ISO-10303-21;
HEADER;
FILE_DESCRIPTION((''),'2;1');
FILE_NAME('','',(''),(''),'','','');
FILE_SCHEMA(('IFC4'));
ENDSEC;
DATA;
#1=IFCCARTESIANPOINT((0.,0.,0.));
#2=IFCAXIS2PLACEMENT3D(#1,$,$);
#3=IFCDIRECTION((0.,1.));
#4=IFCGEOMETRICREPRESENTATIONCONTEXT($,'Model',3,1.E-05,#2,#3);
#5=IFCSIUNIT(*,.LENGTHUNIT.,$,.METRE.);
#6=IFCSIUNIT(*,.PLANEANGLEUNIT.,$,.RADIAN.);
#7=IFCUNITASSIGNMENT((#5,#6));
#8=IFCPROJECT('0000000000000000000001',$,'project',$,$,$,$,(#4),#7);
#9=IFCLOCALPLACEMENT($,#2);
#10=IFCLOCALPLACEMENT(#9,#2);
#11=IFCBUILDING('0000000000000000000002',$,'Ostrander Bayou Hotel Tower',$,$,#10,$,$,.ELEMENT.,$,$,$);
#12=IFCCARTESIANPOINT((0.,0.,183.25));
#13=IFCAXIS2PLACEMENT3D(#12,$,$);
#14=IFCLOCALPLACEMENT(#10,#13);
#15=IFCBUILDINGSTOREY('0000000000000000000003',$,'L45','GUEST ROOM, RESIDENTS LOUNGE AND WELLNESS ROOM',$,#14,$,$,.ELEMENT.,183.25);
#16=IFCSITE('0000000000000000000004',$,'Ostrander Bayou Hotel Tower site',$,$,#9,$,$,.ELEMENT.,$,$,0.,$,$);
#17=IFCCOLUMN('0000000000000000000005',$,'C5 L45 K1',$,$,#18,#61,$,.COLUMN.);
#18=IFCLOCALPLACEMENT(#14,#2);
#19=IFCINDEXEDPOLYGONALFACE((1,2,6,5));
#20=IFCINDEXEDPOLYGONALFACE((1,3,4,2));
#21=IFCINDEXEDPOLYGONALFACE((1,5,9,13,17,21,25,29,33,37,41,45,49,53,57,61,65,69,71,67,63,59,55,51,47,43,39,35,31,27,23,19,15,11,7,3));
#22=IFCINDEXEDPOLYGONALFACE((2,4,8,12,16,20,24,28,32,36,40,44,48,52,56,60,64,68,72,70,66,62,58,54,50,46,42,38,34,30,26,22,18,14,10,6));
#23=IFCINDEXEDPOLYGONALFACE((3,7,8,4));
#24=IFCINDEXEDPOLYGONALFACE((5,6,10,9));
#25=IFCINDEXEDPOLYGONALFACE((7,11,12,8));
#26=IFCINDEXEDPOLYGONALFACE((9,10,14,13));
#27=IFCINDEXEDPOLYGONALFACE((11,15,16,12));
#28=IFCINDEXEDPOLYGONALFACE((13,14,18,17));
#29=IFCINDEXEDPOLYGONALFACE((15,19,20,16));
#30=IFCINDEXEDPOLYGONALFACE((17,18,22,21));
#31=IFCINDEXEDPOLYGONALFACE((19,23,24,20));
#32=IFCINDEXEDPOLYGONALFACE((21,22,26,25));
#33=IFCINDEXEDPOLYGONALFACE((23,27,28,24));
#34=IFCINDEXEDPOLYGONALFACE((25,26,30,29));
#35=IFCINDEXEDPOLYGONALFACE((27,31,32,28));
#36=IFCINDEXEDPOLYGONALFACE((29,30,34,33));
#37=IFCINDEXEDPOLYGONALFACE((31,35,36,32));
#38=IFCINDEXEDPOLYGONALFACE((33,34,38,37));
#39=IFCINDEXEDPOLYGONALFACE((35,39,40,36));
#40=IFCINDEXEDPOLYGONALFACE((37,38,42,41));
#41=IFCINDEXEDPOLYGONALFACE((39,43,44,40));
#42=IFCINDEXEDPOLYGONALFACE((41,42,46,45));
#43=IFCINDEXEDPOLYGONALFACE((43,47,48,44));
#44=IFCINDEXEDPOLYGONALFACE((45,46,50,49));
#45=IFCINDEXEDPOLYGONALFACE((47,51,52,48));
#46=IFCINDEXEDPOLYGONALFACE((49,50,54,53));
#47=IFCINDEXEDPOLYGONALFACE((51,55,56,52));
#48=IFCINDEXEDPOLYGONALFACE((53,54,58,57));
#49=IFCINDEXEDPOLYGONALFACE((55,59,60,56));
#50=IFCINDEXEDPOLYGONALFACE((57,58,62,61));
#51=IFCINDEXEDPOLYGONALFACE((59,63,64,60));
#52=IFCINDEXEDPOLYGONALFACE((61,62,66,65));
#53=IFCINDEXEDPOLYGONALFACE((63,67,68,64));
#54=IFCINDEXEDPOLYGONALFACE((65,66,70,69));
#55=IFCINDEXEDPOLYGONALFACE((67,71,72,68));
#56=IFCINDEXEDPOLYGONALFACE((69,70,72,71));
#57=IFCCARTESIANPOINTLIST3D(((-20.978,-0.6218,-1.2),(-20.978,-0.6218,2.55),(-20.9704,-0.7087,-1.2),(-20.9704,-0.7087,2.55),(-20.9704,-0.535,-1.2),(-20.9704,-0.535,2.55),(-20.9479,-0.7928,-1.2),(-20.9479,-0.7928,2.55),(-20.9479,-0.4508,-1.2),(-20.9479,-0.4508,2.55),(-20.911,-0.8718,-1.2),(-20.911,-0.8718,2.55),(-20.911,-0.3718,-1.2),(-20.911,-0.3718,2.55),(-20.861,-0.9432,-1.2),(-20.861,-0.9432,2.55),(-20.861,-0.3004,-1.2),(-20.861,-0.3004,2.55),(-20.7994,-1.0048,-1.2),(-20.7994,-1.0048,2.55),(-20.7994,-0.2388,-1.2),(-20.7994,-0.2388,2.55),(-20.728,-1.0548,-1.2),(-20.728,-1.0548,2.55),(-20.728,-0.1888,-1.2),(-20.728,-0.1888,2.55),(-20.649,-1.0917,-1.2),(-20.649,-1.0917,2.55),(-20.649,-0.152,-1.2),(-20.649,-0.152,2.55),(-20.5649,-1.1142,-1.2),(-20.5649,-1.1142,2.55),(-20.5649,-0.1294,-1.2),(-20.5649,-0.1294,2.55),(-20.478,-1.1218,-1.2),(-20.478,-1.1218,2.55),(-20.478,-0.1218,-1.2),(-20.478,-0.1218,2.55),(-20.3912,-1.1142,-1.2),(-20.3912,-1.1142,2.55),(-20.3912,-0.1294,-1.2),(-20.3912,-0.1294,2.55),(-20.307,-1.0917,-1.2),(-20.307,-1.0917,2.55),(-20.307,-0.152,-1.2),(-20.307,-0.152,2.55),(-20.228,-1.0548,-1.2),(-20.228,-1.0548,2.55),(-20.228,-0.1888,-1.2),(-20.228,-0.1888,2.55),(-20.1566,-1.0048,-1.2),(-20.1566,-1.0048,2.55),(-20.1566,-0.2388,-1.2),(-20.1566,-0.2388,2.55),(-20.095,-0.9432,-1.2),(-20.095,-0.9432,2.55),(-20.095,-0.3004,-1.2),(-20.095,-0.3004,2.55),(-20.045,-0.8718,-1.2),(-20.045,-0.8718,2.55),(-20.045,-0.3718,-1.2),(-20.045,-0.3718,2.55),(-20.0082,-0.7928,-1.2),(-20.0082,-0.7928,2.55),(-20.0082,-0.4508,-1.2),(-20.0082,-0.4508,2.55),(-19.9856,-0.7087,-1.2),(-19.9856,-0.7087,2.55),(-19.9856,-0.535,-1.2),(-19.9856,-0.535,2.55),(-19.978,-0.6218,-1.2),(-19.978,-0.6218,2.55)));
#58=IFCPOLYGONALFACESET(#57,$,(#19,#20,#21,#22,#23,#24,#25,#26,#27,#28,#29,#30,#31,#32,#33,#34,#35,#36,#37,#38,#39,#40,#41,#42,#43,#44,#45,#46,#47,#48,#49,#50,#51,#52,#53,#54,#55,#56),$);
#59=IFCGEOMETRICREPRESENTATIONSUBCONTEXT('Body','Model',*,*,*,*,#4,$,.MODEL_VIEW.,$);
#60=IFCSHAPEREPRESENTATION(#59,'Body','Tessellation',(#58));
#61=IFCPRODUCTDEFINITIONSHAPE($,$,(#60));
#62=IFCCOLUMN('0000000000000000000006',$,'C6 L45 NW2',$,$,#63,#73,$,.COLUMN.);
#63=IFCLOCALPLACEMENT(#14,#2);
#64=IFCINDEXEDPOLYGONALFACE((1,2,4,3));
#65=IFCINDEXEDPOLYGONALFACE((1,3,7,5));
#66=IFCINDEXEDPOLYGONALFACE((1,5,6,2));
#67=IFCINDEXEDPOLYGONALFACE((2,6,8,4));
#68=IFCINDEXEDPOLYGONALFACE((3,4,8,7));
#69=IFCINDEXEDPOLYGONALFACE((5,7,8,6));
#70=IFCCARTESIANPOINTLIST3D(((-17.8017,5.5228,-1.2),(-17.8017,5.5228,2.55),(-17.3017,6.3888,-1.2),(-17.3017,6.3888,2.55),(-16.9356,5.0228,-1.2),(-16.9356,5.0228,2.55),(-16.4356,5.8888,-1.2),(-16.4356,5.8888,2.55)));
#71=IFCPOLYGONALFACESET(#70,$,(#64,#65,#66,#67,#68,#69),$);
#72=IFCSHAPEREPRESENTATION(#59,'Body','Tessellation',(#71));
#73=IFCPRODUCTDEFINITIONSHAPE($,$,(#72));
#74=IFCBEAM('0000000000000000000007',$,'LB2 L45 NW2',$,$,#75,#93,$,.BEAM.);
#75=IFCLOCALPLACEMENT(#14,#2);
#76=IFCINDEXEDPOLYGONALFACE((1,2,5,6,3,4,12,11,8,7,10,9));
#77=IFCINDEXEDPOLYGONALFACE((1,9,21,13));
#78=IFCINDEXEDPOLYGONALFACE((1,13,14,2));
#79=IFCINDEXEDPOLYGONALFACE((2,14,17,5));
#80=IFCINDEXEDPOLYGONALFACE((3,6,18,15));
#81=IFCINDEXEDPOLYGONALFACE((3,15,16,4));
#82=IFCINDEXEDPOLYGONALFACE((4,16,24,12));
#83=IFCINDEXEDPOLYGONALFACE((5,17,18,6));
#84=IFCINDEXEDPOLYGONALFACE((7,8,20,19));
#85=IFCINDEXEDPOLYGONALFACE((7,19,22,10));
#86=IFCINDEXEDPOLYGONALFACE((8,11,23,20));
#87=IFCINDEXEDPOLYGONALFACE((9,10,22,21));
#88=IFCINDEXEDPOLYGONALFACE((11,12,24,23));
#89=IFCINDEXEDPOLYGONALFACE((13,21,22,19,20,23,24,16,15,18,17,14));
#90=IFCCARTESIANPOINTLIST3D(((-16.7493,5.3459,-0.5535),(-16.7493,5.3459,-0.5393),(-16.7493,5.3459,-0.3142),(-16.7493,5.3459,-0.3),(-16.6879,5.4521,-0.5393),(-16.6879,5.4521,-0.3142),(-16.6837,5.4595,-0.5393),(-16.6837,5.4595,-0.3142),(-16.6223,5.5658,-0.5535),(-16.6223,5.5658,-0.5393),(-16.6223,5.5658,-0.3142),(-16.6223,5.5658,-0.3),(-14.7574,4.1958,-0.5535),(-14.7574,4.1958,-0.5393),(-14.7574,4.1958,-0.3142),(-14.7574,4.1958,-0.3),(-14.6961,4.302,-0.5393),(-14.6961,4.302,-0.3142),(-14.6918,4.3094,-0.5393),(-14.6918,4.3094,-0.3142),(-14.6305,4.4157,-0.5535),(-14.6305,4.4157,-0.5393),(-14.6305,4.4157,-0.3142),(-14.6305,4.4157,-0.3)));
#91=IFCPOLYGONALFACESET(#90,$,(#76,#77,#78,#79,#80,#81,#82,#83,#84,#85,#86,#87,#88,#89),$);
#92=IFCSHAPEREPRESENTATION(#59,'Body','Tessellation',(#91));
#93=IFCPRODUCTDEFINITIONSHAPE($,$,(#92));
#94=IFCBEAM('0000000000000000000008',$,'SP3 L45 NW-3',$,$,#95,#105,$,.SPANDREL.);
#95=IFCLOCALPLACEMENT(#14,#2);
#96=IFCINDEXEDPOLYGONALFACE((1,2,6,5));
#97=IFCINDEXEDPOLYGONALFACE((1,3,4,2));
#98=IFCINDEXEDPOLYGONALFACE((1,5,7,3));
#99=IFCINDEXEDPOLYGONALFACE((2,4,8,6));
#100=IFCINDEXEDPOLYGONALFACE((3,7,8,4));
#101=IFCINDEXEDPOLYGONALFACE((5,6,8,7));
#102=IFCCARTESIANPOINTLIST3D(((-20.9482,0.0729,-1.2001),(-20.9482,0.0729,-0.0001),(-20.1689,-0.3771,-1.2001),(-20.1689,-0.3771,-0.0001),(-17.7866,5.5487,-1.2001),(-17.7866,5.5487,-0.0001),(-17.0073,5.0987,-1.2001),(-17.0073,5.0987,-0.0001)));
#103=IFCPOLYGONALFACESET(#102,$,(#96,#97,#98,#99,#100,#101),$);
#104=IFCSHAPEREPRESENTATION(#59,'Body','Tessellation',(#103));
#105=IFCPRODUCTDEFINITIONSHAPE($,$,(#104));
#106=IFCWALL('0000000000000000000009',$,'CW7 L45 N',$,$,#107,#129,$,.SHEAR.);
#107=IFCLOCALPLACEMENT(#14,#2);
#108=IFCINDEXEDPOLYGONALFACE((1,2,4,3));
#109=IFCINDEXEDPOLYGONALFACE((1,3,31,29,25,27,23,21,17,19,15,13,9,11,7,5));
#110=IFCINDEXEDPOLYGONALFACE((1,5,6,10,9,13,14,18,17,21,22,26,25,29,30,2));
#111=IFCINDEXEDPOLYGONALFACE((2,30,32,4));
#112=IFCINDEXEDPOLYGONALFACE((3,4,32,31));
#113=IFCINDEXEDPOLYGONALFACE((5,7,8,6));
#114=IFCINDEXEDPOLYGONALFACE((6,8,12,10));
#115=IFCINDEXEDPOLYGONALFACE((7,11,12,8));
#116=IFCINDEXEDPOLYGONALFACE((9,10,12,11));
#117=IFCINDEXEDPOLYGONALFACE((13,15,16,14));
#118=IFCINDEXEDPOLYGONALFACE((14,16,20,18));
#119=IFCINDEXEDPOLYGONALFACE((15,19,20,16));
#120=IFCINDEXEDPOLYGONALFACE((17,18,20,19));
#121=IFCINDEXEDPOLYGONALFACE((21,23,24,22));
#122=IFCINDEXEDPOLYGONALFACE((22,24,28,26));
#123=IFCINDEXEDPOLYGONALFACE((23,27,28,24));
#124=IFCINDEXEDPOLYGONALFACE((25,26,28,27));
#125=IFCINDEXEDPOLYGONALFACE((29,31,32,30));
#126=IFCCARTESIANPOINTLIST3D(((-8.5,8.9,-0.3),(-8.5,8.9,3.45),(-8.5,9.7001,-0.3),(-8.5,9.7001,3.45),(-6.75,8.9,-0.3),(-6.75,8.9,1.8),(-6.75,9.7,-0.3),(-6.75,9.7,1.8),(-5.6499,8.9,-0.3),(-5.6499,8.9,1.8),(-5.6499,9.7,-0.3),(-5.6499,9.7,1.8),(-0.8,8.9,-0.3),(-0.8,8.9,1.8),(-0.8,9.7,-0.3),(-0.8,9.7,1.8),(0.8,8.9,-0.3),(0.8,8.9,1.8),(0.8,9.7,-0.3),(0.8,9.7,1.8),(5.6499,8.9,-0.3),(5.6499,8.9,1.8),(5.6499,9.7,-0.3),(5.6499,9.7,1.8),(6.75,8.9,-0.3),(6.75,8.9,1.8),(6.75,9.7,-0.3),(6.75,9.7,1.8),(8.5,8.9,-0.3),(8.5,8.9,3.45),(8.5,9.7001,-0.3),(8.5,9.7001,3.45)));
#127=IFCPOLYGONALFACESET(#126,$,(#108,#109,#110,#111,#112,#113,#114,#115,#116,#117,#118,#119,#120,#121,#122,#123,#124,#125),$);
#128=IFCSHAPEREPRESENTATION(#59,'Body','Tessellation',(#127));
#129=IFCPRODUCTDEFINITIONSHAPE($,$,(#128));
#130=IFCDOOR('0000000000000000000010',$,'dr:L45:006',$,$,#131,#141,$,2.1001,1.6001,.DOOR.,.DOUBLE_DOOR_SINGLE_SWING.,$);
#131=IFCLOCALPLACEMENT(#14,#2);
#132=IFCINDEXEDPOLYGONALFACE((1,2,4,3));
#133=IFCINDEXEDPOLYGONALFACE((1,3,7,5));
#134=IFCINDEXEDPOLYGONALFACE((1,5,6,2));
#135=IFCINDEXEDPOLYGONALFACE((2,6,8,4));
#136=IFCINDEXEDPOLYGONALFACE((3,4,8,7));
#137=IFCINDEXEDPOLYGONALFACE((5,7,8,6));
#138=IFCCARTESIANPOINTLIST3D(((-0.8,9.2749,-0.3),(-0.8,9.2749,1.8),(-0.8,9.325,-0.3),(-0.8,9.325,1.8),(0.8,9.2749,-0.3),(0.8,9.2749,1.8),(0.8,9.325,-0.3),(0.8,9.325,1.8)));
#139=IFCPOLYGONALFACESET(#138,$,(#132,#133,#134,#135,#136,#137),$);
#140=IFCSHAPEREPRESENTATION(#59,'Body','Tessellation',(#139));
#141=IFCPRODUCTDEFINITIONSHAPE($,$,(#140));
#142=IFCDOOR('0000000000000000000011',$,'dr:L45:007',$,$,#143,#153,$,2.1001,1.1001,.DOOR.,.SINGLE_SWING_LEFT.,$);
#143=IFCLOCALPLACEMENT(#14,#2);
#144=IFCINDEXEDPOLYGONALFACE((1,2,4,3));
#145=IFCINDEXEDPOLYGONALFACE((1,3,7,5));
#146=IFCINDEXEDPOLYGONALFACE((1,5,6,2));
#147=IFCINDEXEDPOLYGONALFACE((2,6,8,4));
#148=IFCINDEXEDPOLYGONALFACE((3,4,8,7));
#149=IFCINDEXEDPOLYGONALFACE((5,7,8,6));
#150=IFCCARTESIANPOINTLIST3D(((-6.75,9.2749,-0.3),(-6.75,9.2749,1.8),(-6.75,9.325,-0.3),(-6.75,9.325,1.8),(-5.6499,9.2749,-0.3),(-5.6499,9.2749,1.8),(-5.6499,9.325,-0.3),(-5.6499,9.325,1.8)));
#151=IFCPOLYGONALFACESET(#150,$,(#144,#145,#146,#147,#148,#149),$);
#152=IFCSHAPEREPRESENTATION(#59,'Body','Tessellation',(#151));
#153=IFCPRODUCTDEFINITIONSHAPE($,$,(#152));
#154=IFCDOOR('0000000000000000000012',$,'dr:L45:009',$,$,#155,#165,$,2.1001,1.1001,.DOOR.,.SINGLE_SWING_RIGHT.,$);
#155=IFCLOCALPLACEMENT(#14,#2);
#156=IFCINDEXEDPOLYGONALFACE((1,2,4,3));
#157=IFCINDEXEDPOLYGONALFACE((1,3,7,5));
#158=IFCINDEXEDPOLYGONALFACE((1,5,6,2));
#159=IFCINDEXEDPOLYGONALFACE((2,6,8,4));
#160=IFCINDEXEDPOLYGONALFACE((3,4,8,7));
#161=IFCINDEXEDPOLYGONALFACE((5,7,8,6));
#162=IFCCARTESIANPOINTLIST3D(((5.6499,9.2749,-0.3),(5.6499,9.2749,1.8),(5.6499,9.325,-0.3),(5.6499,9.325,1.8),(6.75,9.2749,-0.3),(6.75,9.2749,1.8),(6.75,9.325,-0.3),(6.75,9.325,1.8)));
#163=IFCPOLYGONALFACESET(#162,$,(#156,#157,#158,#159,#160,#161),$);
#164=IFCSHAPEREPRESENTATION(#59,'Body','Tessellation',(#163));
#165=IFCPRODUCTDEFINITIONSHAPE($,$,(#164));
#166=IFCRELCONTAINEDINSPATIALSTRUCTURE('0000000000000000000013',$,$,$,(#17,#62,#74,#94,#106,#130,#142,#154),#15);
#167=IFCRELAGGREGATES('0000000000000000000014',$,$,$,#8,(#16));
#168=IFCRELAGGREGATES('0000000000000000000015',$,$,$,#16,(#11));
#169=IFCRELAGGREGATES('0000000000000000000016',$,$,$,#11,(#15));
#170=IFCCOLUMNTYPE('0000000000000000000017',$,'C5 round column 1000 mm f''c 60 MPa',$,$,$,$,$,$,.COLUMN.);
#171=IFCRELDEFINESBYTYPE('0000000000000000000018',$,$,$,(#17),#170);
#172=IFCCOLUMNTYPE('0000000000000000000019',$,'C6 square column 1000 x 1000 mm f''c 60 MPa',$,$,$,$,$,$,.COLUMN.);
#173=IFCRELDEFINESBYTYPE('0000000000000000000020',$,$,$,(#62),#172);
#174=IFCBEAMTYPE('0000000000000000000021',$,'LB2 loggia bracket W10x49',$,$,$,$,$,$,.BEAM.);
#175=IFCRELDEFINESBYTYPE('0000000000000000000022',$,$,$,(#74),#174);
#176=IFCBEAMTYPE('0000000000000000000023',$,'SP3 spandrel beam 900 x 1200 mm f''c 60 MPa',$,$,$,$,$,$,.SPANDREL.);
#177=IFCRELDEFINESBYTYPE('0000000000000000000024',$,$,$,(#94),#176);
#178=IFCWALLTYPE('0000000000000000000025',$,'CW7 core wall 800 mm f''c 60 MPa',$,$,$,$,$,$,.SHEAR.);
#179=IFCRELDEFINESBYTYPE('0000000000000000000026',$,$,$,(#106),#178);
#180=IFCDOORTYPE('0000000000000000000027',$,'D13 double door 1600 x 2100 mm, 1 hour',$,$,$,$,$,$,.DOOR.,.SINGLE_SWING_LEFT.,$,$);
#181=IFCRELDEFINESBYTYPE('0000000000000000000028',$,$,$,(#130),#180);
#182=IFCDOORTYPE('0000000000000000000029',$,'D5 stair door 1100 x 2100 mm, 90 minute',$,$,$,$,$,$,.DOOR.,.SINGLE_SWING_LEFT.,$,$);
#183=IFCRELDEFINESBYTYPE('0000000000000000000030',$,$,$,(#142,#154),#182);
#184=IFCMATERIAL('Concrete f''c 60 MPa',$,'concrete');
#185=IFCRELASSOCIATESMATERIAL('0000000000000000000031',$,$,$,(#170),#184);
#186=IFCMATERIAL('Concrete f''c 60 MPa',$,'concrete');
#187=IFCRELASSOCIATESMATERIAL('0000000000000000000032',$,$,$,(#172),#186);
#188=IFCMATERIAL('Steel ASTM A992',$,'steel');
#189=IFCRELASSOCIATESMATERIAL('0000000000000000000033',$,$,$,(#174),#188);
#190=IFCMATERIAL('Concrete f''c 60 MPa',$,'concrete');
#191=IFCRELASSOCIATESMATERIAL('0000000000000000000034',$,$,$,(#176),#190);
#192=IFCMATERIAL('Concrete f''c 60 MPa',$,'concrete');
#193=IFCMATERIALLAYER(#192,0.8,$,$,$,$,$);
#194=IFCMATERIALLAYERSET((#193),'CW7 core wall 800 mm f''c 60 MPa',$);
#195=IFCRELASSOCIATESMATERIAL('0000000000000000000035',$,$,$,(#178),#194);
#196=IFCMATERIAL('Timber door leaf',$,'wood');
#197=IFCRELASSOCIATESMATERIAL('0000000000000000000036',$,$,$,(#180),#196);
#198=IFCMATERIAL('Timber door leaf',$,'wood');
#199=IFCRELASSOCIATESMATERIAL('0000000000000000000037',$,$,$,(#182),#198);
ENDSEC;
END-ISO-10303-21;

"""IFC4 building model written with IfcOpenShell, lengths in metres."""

from ifc_helpers import new_model, si_unit, direction, frame, frame_2d, origin, origin_2d, place, context, subcontext, project, spatial, rectangle, circle, i_section, extrude, material, layer, layer_set, material_profile, profile_set, type_object, element, fill, save


model = new_model("IFC4")

# Units and contexts
model_context = context("Model", 3, precision=1e-05, world=origin(), true_north=direction((0.0, 1.0)))
body_context = subcontext(model_context, "Body", "Model", "MODEL_VIEW")
ifc_project = project(units=[si_unit("LENGTHUNIT", "METRE"), si_unit("PLANEANGLEUNIT", "RADIAN")], contexts=[model_context])

# Site, building, storey
site_placement = place(None, origin())
site = spatial("IfcSite", under=ifc_project, at=site_placement, Name="Ostrander Bayou Hotel Tower site", CompositionType="ELEMENT", RefElevation=0.0)
building_placement = place(site_placement, origin())
building = spatial("IfcBuilding", under=site, at=building_placement, Name="Ostrander Bayou Hotel Tower", CompositionType="ELEMENT")
storey_placement = place(building_placement, frame((0.0, 0.0, 183.25)))
storey = spatial("IfcBuildingStorey", under=building, at=storey_placement, Name="L45", Description="GUEST ROOM, RESIDENTS LOUNGE AND WELLNESS ROOM", CompositionType="ELEMENT", Elevation=183.25)

# Columns
ifc_material_1 = material(Name="Concrete f'c 60 MPa", Category="concrete")
ifc_material_profile_1 = material_profile(ifc_material_1, circle(Radius=0.5, at=origin_2d()))
ifc_profile_set_1 = profile_set([ifc_material_profile_1], Name="Concrete f'c 60 MPa")
column_type_1 = type_object("IfcColumnType", Name="C5 round column 1000 mm f'c 60 MPa", PredefinedType="COLUMN", material=ifc_profile_set_1)
column_1_placement = place(storey_placement, frame((-20.478, -0.6218, -1.2), z_axis=(0.0, 0.0, 1.0), x_axis=(1.0, 0.0, 0.0)))
element("IfcColumn", 1, at=column_1_placement, inside=storey, type_object=column_type_1, Name="C5 L45 K1", PredefinedType="COLUMN", context=body_context, shape_type="SweptSolid", body=[
    extrude(circle(Radius=0.5, at=origin_2d()), origin(), (0.0, 0.0, 1.0), 3.75),
])
ifc_material_2 = material(Name="Concrete f'c 60 MPa", Category="concrete")
ifc_material_profile_2 = material_profile(ifc_material_2, rectangle(XDim=1.0, YDim=1.0, at=origin_2d()))
ifc_profile_set_2 = profile_set([ifc_material_profile_2], Name="Concrete f'c 60 MPa")
column_type_2 = type_object("IfcColumnType", Name="C6 square column 1000 x 1000 mm f'c 60 MPa", PredefinedType="COLUMN", material=ifc_profile_set_2)
column_2_placement = place(storey_placement, frame((-17.1187, 5.7058, -1.2), z_axis=(0.0, 0.0, 1.0), x_axis=(0.5, 0.866025, 0.0)))
element("IfcColumn", 2, at=column_2_placement, inside=storey, type_object=column_type_2, Name="C6 L45 NW2", PredefinedType="COLUMN", context=body_context, shape_type="SweptSolid", body=[
    extrude(rectangle(XDim=1.0, YDim=1.0, at=origin_2d()), origin(), (0.0, 0.0, 1.0), 3.75),
])

# Beams
ifc_material_3 = material(Name="Steel ASTM A992", Category="steel")
ifc_material_profile_3 = material_profile(ifc_material_3, i_section(OverallWidth=0.2539, OverallDepth=0.2534, WebThickness=0.0085, FlangeThickness=0.0142, at=origin_2d()))
ifc_profile_set_3 = profile_set([ifc_material_profile_3], Name="Steel ASTM A992")
beam_type_1 = type_object("IfcBeamType", Name="LB2 loggia bracket W10x49", PredefinedType="BEAM", material=ifc_profile_set_3)
beam_1_placement = place(storey_placement, frame((-16.6858, 5.4558, -0.4268), z_axis=(0.866007, -0.500032, 0.0), x_axis=(0.500032, 0.866007, 0.0)))
element("IfcBeam", 3, at=beam_1_placement, inside=storey, type_object=beam_type_1, Name="LB2 L45 NW2", PredefinedType="BEAM", context=body_context, shape_type="SweptSolid", body=[
    extrude(i_section(OverallWidth=0.2539, OverallDepth=0.2534, WebThickness=0.0085, FlangeThickness=0.0142, at=origin_2d()), origin(), (0.0, 0.0, 1.0), 2.3),
])
ifc_material_4 = material(Name="Concrete f'c 60 MPa", Category="concrete")
ifc_material_profile_4 = material_profile(ifc_material_4, rectangle(XDim=0.8999, YDim=1.2, at=origin_2d()))
ifc_profile_set_4 = profile_set([ifc_material_profile_4], Name="Concrete f'c 60 MPa")
beam_type_2 = type_object("IfcBeamType", Name="SP3 spandrel beam 900 x 1200 mm f'c 60 MPa", PredefinedType="SPANDREL", material=ifc_profile_set_4)
beam_2_placement = place(storey_placement, frame((-17.397, 5.3237, -0.6001), z_axis=(-0.500018, -0.866015, 0.0), x_axis=(0.866015, -0.500018, 0.0)))
element("IfcBeam", 4, at=beam_2_placement, inside=storey, type_object=beam_type_2, Name="SP3 L45 NW-3", PredefinedType="SPANDREL", context=body_context, shape_type="SweptSolid", body=[
    extrude(rectangle(XDim=0.8999, YDim=1.2, at=origin_2d()), origin(), (0.0, 0.0, 1.0), 6.323),
])

# Wall, openings, doors
ifc_material_5 = material(Name="Concrete f'c 60 MPa", Category="concrete")
ifc_layer_1 = layer(ifc_material_5, 0.8)
ifc_layer_set_1 = layer_set([ifc_layer_1], Name="CW7 core wall 800 mm f'c 60 MPa")
wall_type_1 = type_object("IfcWallType", Name="CW7 core wall 800 mm f'c 60 MPa", PredefinedType="SHEAR", material=ifc_layer_set_1)
wall_1_placement = place(storey_placement, frame((-8.5, 9.3, -0.3), z_axis=(0.0, 0.0, 1.0), x_axis=(1.0, 0.0, 0.0)))
wall_1 = element("IfcWall", 5, at=wall_1_placement, inside=storey, type_object=wall_type_1, Name="CW7 L45 N", PredefinedType="SHEAR", context=body_context, shape_type="SweptSolid", body=[
    extrude(rectangle(XDim=17.0, YDim=0.8, at=frame_2d((8.5, 0.0))), origin(), (0.0, 0.0, 1.0), 3.75),
])
opening_1_placement = place(wall_1_placement, frame((7.7, 0.0, 0.0)))
opening_1 = element("IfcOpeningElement", 6, at=opening_1_placement, cuts=wall_1, PredefinedType="OPENING", context=body_context, shape_type="SweptSolid", body=[
    extrude(rectangle(XDim=1.6001, YDim=2.1001, at=frame_2d((0.8, 1.05))), frame((0.0, 0.3999, 0.0), z_axis=(0.0, -1.0, 0.0), x_axis=(1.0, 0.0, 0.0)), (0.0, 0.0, 1.0), 0.8),
])
opening_2_placement = place(wall_1_placement, frame((1.75, 0.0, 0.0)))
opening_2 = element("IfcOpeningElement", 7, at=opening_2_placement, cuts=wall_1, PredefinedType="OPENING", context=body_context, shape_type="SweptSolid", body=[
    extrude(rectangle(XDim=1.1001, YDim=2.1001, at=frame_2d((0.55, 1.05))), frame((0.0, 0.3999, 0.0), z_axis=(0.0, -1.0, 0.0), x_axis=(1.0, 0.0, 0.0)), (0.0, 0.0, 1.0), 0.8),
])
opening_3_placement = place(wall_1_placement, frame((14.1499, 0.0, 0.0)))
opening_3 = element("IfcOpeningElement", 8, at=opening_3_placement, cuts=wall_1, PredefinedType="OPENING", context=body_context, shape_type="SweptSolid", body=[
    extrude(rectangle(XDim=1.1001, YDim=2.1001, at=frame_2d((0.55, 1.05))), frame((0.0, 0.3999, 0.0), z_axis=(0.0, -1.0, 0.0), x_axis=(1.0, 0.0, 0.0)), (0.0, 0.0, 1.0), 0.8),
])
ifc_material_6 = material(Name="Timber door leaf", Category="wood")
door_type_1 = type_object("IfcDoorType", Name="D13 double door 1600 x 2100 mm, 1 hour", OperationType="SINGLE_SWING_LEFT", PredefinedType="DOOR", material=ifc_material_6)
door_1_placement = place(opening_1_placement, origin())
door_1 = element("IfcDoor", 9, at=door_1_placement, inside=storey, type_object=door_type_1, Name="dr:L45:006", OperationType="DOUBLE_DOOR_SINGLE_SWING", OverallHeight=2.1001, OverallWidth=1.6001, PredefinedType="DOOR", context=body_context, shape_type="SweptSolid", body=[
    extrude(rectangle(XDim=1.6001, YDim=2.1001, at=frame_2d((0.8, 1.05))), frame((0.0, 0.0249, 0.0), z_axis=(0.0, -1.0, 0.0), x_axis=(1.0, 0.0, 0.0)), (0.0, 0.0, 1.0), 0.05),
])
fill(opening_1, door_1)
ifc_material_7 = material(Name="Timber door leaf", Category="wood")
door_type_2 = type_object("IfcDoorType", Name="D5 stair door 1100 x 2100 mm, 90 minute", OperationType="SINGLE_SWING_LEFT", PredefinedType="DOOR", material=ifc_material_7)
door_2_placement = place(opening_2_placement, origin())
door_2 = element("IfcDoor", 10, at=door_2_placement, inside=storey, type_object=door_type_2, Name="dr:L45:007", OperationType="SINGLE_SWING_LEFT", OverallHeight=2.1001, OverallWidth=1.1001, PredefinedType="DOOR", context=body_context, shape_type="SweptSolid", body=[
    extrude(rectangle(XDim=1.1001, YDim=2.1001, at=frame_2d((0.55, 1.05))), frame((0.0, 0.0249, 0.0), z_axis=(0.0, -1.0, 0.0), x_axis=(1.0, 0.0, 0.0)), (0.0, 0.0, 1.0), 0.05),
])
fill(opening_2, door_2)
door_3_placement = place(opening_3_placement, origin())
door_3 = element("IfcDoor", 11, at=door_3_placement, inside=storey, type_object=door_type_2, Name="dr:L45:009", OperationType="SINGLE_SWING_RIGHT", OverallHeight=2.1001, OverallWidth=1.1001, PredefinedType="DOOR", context=body_context, shape_type="SweptSolid", body=[
    extrude(rectangle(XDim=1.1001, YDim=2.1001, at=frame_2d((0.55, 1.05))), frame((0.0, 0.0249, 0.0), z_axis=(0.0, -1.0, 0.0), x_axis=(1.0, 0.0, 0.0)), (0.0, 0.0, 1.0), 0.05),
])
fill(opening_3, door_3)

save(model, "model.ifc")
